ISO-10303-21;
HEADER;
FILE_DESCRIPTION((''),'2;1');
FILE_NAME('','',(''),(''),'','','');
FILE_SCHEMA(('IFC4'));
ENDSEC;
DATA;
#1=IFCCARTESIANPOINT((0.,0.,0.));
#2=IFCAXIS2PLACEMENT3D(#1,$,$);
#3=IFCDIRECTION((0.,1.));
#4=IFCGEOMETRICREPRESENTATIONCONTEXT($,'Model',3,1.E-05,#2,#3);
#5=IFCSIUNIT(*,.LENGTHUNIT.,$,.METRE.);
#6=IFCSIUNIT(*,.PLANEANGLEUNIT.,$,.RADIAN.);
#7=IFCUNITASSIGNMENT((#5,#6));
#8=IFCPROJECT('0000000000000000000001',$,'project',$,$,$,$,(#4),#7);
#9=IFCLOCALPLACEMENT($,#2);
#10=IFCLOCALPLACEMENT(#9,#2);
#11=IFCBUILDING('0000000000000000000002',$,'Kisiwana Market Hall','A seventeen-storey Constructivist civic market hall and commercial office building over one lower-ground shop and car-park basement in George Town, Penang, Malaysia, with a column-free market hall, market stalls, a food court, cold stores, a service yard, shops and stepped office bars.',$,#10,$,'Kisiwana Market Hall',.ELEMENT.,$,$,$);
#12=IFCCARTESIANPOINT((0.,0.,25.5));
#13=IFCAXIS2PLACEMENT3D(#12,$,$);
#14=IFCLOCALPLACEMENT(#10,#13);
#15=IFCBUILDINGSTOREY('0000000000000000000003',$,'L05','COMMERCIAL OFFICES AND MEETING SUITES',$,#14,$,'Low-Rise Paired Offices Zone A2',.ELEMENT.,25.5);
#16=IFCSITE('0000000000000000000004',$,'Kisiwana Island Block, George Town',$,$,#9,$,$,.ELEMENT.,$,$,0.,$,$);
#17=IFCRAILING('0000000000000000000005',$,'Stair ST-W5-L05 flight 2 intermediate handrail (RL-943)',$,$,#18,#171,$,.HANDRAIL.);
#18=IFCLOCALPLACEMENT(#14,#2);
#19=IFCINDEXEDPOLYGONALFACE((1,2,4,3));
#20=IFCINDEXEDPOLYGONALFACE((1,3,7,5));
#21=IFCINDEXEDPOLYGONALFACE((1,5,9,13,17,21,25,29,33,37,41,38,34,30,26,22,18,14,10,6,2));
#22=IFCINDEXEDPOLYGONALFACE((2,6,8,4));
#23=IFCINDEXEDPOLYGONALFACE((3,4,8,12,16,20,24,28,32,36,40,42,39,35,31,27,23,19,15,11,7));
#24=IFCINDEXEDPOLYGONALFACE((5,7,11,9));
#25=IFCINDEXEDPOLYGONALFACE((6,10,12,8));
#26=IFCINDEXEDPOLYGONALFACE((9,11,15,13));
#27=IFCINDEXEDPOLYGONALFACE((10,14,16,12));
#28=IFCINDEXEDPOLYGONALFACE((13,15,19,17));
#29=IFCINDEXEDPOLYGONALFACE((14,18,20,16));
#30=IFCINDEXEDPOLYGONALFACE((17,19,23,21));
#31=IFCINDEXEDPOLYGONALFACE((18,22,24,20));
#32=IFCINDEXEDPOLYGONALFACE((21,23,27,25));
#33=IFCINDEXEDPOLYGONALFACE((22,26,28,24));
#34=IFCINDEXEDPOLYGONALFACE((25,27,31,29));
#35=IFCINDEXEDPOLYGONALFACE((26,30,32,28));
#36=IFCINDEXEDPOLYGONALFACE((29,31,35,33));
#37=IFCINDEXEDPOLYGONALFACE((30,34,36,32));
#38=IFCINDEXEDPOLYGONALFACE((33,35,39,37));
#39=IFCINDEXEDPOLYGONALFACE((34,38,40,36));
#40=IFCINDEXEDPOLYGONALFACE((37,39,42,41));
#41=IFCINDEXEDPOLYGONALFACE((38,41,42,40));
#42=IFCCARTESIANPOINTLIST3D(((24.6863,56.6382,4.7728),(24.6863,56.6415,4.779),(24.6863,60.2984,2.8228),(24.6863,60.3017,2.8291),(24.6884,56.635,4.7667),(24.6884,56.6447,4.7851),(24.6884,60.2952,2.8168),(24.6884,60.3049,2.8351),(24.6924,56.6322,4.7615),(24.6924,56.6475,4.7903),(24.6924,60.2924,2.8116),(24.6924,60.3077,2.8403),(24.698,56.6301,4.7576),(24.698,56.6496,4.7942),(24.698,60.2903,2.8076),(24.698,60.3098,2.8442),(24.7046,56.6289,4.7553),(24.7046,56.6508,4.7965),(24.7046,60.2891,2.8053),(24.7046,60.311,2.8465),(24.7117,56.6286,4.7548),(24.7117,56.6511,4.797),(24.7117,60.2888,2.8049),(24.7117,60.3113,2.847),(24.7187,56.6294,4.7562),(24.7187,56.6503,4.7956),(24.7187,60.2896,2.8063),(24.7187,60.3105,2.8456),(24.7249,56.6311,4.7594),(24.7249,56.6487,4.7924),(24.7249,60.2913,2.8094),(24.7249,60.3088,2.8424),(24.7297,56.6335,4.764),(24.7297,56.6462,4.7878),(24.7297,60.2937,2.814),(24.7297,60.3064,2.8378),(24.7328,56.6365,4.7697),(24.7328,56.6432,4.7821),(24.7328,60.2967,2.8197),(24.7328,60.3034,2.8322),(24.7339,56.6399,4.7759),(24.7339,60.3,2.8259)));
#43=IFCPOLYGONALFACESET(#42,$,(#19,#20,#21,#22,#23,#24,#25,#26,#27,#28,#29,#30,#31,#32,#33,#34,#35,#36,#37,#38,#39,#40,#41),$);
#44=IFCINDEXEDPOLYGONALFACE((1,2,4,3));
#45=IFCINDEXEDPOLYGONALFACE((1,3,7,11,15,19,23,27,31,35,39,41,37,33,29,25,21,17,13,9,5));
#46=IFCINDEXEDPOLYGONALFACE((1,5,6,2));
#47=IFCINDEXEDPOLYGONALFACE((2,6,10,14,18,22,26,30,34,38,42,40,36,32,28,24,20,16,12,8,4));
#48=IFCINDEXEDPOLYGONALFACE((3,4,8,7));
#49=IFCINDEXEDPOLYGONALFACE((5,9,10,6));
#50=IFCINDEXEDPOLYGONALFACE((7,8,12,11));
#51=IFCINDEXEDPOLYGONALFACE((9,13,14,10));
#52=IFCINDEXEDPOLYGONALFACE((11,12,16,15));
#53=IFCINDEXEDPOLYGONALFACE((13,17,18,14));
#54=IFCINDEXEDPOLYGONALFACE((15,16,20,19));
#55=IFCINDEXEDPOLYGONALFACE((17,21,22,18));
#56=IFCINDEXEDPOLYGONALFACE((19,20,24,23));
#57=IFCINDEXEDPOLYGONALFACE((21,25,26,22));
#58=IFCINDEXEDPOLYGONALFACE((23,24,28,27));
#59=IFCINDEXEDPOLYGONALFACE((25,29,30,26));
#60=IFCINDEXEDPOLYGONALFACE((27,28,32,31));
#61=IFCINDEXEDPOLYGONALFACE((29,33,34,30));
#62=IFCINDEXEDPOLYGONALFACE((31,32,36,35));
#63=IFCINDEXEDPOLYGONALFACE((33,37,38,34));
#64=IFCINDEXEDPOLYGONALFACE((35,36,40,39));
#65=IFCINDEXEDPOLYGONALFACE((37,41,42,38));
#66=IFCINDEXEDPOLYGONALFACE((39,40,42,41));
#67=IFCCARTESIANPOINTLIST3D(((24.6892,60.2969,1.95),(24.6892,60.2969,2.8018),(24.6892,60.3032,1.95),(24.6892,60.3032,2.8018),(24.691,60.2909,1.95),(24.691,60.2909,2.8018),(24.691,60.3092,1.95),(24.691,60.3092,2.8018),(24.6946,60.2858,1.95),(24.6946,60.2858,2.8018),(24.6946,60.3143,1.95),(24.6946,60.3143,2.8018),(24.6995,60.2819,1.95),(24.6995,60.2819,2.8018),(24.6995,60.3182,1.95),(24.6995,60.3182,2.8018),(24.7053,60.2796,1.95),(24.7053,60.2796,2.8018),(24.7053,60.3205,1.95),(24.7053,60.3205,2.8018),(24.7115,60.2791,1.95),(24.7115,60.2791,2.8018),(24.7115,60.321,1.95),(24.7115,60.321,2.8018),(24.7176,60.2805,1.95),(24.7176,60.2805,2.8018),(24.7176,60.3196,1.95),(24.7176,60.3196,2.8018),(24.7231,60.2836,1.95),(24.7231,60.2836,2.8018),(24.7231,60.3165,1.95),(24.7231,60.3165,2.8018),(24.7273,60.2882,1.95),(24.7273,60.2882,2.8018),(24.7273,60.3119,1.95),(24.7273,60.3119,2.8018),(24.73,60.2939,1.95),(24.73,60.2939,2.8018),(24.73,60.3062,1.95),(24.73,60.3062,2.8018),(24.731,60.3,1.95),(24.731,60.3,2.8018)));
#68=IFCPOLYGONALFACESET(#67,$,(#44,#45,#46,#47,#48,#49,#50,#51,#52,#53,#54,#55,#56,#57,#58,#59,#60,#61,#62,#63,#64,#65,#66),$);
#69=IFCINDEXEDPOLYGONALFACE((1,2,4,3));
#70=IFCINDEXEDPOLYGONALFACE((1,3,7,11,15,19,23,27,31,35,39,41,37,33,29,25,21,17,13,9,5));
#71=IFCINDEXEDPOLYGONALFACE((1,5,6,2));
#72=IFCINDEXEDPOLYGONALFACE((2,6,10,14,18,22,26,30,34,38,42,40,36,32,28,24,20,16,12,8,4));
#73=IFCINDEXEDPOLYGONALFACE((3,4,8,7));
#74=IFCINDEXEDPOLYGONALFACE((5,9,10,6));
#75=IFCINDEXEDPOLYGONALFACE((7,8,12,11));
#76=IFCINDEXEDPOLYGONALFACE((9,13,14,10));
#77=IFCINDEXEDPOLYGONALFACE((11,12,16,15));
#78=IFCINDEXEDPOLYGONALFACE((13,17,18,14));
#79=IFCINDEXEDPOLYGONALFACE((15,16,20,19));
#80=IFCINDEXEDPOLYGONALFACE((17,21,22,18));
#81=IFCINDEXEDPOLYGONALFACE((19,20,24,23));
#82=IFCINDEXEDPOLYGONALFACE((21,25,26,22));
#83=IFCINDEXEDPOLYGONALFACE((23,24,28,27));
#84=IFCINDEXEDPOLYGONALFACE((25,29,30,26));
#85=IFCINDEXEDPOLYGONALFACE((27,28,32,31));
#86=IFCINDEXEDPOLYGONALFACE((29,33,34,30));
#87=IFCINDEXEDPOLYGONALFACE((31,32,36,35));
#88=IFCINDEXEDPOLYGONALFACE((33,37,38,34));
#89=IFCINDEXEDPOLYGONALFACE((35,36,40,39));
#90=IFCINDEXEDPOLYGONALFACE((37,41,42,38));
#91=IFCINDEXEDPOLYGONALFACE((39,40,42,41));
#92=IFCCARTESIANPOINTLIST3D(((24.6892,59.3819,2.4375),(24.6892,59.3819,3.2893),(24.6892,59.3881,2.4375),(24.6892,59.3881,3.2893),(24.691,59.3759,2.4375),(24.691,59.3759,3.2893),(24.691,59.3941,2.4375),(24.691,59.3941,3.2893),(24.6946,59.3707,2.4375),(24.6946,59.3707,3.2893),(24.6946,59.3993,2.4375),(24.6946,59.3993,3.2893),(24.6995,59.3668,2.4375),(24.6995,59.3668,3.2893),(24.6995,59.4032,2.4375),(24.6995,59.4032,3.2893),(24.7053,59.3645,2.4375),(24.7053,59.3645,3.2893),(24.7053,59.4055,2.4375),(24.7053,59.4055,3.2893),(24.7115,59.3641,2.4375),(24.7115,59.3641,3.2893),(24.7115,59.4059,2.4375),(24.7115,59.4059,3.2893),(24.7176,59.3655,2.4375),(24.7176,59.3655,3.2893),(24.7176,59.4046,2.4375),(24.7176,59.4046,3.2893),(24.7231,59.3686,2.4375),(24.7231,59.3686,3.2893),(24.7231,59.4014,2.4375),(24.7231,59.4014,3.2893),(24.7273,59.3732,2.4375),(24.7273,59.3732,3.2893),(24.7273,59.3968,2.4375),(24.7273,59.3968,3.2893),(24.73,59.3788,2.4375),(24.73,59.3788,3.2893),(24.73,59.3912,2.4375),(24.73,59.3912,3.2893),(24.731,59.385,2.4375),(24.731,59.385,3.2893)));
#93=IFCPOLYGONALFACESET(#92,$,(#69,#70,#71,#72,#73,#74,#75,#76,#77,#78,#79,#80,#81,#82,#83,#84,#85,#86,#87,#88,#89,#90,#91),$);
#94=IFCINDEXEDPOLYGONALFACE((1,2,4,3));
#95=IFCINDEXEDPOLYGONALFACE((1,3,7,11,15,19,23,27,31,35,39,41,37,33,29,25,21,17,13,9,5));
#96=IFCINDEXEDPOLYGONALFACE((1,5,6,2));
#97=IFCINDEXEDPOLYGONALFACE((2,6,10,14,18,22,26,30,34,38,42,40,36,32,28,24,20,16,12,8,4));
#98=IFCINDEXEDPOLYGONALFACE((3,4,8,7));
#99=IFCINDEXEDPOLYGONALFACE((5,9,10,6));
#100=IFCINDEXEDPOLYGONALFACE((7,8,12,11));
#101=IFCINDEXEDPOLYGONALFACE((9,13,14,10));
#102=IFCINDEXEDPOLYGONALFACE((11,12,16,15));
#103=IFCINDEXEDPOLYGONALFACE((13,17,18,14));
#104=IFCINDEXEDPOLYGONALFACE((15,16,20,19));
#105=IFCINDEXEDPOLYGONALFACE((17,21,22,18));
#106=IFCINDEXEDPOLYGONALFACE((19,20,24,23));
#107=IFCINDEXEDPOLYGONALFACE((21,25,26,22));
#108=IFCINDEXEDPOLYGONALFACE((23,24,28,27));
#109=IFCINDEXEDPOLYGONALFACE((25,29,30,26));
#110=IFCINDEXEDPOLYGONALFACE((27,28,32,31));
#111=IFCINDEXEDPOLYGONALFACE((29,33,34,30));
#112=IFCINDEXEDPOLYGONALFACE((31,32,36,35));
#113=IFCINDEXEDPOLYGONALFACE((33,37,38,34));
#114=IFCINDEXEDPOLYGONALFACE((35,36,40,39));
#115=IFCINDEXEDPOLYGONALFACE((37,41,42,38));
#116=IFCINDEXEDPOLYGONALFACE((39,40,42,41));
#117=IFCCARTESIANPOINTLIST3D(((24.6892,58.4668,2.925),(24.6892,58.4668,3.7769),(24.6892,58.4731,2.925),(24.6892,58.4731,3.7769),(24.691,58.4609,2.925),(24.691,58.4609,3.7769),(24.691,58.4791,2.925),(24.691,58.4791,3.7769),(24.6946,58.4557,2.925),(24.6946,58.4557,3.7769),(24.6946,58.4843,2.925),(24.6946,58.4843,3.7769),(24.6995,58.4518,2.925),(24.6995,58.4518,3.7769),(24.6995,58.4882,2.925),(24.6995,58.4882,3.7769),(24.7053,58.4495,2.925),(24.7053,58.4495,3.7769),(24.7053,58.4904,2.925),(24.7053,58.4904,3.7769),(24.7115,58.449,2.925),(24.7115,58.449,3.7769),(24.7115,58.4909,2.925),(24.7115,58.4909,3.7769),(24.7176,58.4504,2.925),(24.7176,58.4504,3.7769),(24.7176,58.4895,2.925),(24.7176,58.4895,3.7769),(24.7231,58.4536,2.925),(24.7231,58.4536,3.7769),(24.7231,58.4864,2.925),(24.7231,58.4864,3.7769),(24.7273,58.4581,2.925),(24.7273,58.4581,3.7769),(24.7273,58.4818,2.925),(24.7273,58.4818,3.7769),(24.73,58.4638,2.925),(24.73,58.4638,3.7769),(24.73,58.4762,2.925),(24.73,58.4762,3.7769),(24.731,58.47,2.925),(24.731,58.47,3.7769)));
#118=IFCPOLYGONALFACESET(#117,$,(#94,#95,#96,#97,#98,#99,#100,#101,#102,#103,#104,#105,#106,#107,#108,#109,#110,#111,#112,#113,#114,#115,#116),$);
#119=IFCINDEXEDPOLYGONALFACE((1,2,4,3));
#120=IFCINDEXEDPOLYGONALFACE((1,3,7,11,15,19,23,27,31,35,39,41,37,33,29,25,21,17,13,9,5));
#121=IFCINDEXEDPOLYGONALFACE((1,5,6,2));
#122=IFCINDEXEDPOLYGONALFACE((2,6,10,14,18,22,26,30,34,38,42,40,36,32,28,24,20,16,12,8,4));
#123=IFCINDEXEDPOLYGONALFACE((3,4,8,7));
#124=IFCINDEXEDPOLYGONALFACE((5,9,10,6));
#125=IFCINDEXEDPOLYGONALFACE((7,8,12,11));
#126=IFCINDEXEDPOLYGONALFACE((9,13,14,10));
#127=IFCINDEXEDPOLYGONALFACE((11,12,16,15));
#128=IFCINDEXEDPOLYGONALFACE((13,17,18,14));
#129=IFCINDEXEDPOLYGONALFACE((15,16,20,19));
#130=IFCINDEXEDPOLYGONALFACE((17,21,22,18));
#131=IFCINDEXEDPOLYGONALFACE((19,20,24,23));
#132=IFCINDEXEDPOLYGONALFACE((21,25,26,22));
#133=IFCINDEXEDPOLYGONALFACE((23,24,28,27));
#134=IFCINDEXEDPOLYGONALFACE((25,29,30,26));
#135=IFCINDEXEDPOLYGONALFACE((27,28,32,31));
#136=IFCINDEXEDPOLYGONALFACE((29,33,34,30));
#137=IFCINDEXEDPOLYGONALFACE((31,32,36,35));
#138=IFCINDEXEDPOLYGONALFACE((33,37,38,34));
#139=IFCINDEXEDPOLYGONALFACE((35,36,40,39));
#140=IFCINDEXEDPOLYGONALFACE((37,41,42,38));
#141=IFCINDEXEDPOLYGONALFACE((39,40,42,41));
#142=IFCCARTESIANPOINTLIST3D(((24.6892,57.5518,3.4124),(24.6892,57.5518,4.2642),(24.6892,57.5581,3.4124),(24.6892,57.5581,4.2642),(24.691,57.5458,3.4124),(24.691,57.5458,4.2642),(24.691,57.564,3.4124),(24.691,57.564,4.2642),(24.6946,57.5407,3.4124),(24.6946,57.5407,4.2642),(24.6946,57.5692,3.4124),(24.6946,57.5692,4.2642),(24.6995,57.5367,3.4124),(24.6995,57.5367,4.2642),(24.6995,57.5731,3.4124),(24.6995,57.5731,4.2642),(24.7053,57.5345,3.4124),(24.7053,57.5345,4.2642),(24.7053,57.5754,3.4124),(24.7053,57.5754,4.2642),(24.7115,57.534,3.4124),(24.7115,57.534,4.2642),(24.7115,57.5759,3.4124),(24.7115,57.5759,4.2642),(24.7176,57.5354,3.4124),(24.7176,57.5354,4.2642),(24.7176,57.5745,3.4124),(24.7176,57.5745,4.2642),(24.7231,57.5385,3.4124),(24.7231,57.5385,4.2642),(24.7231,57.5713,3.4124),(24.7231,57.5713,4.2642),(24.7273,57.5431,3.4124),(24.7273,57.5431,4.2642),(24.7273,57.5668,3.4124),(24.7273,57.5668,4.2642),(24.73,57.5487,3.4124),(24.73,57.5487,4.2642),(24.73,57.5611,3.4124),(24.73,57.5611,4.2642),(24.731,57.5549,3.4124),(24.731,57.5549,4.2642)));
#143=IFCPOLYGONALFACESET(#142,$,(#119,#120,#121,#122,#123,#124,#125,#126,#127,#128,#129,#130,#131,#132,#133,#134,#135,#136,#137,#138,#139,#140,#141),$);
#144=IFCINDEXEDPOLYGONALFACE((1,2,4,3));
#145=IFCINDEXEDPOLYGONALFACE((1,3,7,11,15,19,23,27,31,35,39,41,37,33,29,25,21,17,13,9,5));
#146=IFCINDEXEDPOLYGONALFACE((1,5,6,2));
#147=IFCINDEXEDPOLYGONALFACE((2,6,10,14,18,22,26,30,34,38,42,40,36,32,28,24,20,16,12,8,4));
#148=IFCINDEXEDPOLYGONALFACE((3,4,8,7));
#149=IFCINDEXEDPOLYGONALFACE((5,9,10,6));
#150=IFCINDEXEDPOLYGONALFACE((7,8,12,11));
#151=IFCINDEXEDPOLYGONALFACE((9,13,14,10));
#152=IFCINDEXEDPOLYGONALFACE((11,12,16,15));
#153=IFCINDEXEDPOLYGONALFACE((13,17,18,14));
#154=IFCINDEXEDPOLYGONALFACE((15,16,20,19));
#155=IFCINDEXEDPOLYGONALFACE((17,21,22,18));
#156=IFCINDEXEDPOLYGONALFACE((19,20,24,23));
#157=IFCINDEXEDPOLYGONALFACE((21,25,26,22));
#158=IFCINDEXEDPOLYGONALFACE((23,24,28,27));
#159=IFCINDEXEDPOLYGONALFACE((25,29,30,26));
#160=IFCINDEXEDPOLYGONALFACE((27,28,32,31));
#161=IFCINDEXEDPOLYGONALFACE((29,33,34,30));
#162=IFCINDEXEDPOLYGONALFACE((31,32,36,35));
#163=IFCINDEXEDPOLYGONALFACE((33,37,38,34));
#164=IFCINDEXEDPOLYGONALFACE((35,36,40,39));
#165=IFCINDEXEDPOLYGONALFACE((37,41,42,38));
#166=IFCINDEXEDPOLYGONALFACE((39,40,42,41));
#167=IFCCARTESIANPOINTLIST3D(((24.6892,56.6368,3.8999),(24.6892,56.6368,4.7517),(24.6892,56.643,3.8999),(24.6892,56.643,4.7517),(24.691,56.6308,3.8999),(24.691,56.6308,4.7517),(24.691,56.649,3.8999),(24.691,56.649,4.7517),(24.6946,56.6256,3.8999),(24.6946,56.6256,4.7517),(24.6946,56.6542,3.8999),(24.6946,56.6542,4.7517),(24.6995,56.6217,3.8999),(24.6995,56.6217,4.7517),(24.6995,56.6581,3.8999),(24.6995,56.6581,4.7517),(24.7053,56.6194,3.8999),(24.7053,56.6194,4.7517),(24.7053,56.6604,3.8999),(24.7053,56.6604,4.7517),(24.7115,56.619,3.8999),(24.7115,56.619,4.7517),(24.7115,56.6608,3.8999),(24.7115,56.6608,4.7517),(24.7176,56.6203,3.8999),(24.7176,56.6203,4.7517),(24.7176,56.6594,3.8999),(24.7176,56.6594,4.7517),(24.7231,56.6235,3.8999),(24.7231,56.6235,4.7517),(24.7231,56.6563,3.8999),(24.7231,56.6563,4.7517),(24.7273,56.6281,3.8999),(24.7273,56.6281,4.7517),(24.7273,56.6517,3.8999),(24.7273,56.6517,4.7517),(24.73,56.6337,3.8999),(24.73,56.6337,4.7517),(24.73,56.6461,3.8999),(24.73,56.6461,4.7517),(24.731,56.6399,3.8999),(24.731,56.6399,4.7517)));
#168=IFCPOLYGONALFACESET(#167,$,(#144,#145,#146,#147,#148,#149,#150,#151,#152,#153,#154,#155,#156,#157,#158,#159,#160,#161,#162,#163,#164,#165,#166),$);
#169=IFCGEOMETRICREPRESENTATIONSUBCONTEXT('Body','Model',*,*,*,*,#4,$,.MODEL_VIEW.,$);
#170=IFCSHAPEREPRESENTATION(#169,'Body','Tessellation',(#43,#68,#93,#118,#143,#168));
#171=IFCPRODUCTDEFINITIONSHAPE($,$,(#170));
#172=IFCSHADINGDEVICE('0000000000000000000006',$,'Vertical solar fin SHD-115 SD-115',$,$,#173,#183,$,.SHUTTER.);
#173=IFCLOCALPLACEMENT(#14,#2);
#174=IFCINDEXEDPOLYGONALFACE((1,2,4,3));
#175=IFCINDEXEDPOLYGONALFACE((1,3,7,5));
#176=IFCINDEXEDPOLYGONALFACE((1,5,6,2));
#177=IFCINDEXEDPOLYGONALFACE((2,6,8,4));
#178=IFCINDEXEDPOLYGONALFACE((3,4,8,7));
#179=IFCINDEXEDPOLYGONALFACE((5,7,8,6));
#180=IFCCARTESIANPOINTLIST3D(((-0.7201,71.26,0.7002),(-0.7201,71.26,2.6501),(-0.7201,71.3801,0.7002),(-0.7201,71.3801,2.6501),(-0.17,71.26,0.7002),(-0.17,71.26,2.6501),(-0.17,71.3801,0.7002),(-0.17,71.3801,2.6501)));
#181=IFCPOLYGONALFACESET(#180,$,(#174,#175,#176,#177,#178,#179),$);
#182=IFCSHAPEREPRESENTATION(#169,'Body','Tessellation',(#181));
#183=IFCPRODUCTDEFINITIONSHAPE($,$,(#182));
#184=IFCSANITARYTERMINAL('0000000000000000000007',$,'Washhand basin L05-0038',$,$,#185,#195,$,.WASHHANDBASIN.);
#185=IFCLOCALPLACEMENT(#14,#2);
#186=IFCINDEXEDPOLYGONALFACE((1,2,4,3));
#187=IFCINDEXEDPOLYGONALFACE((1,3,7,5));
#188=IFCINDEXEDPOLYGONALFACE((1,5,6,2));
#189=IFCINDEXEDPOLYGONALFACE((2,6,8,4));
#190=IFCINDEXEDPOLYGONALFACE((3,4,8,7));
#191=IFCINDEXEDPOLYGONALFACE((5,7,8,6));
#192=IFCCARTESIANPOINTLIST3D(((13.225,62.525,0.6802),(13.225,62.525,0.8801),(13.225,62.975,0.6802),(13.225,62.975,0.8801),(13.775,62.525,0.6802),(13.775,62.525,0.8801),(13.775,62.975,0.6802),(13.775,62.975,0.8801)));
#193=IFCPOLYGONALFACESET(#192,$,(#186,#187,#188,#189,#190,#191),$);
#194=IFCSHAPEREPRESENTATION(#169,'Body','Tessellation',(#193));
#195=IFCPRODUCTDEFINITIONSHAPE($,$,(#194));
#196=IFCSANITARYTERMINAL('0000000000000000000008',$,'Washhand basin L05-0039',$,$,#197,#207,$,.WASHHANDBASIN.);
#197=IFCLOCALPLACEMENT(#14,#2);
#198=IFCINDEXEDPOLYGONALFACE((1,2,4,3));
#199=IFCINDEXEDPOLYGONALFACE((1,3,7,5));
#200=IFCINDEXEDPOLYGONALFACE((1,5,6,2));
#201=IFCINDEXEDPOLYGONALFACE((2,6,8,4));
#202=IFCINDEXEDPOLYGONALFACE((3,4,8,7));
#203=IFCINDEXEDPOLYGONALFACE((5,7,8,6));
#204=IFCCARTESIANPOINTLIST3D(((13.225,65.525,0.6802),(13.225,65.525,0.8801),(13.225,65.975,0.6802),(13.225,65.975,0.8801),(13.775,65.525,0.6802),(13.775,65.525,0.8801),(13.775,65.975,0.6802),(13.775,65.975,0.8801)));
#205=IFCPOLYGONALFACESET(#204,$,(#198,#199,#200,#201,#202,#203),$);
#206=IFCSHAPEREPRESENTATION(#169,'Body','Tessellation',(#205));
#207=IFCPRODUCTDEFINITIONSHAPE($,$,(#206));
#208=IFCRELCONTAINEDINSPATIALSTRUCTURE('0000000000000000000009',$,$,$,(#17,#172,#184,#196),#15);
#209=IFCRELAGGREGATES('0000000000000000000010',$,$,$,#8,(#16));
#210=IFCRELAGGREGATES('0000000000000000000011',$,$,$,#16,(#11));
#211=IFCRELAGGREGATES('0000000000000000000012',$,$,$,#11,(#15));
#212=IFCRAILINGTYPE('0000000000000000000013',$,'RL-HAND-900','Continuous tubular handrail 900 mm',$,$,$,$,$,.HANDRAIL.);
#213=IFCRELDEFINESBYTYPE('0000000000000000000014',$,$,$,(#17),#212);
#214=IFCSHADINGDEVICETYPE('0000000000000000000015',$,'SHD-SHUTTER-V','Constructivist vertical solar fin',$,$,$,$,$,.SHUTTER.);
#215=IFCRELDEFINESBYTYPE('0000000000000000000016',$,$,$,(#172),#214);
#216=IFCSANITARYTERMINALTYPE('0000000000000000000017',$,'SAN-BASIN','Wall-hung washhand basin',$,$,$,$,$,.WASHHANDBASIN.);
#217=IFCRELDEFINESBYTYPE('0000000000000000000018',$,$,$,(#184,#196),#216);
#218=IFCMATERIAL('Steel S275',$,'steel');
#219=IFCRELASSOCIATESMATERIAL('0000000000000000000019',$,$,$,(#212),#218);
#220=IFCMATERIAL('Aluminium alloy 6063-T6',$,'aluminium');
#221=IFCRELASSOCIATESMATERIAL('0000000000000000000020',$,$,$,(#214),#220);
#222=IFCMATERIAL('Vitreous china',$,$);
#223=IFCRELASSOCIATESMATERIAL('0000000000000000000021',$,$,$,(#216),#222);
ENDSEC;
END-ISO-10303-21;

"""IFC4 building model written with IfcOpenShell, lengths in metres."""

from ifc_helpers import new_model, si_unit, direction, frame, origin, origin_2d, place, context, subcontext, project, spatial, rectangle, circle, extrude, material, type_object, element, save


model = new_model("IFC4")

# Units and contexts
model_context = context("Model", 3, precision=1e-05, world=origin(), true_north=direction((0.0, 1.0)))
body_context = subcontext(model_context, "Body", "Model", "MODEL_VIEW")
ifc_project = project(units=[si_unit("LENGTHUNIT", "METRE"), si_unit("PLANEANGLEUNIT", "RADIAN")], contexts=[model_context])

# Site, building, storey
site_placement = place(None, origin())
site = spatial("IfcSite", under=ifc_project, at=site_placement, Name="Kisiwana Island Block, George Town", CompositionType="ELEMENT", RefElevation=0.0)
building_placement = place(site_placement, origin())
building = spatial("IfcBuilding", under=site, at=building_placement, Name="Kisiwana Market Hall", Description="A seventeen-storey Constructivist civic market hall and commercial office building over one lower-ground shop and car-park basement in George Town, Penang, Malaysia, with a column-free market hall, market stalls, a food court, cold stores, a service yard, shops and stepped office bars.", LongName="Kisiwana Market Hall", CompositionType="ELEMENT")
storey_placement = place(building_placement, frame((0.0, 0.0, 25.5)))
storey = spatial("IfcBuildingStorey", under=building, at=storey_placement, Name="L05", Description="COMMERCIAL OFFICES AND MEETING SUITES", LongName="Low-Rise Paired Offices Zone A2", CompositionType="ELEMENT", Elevation=25.5)

# Railing
ifc_material_1 = material(Name="Steel S275", Category="steel")
railing_type_1 = type_object("IfcRailingType", Name="RL-HAND-900", Description="Continuous tubular handrail 900 mm", PredefinedType="HANDRAIL", material=ifc_material_1)
for number, where, name in (
    (1, (24.71, 60.3, 1.95), "Stair ST-W5-L05 flight 2 intermediate handrail (RL-943)"),
):
    element("IfcRailing", number, at=place(storey_placement, frame(where)), inside=storey, type_object=railing_type_1, Name=name, PredefinedType="HANDRAIL", context=body_context, shape_type="SweptSolid", body=[
        extrude(circle(Radius=0.0239, at=origin_2d()), frame((0.0, 0.0, 0.876), z_axis=(0.0, -0.882566, 0.470188), x_axis=(1.0, 0.0, 0.0)), (0.0, 0.0, 1.0), 4.1472),
        extrude(circle(Radius=0.021, at=origin_2d()), origin(), (0.0, 0.0, 1.0), 0.8518),
        extrude(circle(Radius=0.021, at=origin_2d()), frame((0.0, -0.915, 0.4875)), (0.0, 0.0, 1.0), 0.8518),
        extrude(circle(Radius=0.021, at=origin_2d()), frame((0.0, -1.8301, 0.9751)), (0.0, 0.0, 1.0), 0.8518),
        extrude(circle(Radius=0.021, at=origin_2d()), frame((0.0, -2.7451, 1.4624)), (0.0, 0.0, 1.0), 0.8518),
        extrude(circle(Radius=0.021, at=origin_2d()), frame((0.0, -3.6602, 1.95)), (0.0, 0.0, 1.0), 0.8518),
    ])

# Shading device
ifc_material_2 = material(Name="Aluminium alloy 6063-T6", Category="aluminium")
shading_device_type = type_object("IfcShadingDeviceType", Name="SHD-SHUTTER-V", Description="Constructivist vertical solar fin", PredefinedType="SHUTTER", material=ifc_material_2)
shading_device_placement = place(storey_placement, frame((-0.4451, 71.3201, 0.7002), z_axis=(0.0, 0.0, 1.0), x_axis=(0.0, 1.0, 0.0)))
element("IfcShadingDevice", 2, at=shading_device_placement, inside=storey, type_object=shading_device_type, Name="Vertical solar fin SHD-115 SD-115", PredefinedType="SHUTTER", context=body_context, shape_type="SweptSolid", body=[
    extrude(rectangle(XDim=0.1201, YDim=0.55, at=origin_2d()), origin(), (0.0, 0.0, 1.0), 1.95),
])

# Sanitary terminals
ifc_material_3 = material(Name="Vitreous china")
sanitary_terminal_type_1 = type_object("IfcSanitaryTerminalType", Name="SAN-BASIN", Description="Wall-hung washhand basin", PredefinedType="WASHHANDBASIN", material=ifc_material_3)
for number, where, z_axis, x_axis, name in (
    (3, (13.5, 62.75, 0.6802), (0.0, 0.0, 1.0), (1.0, 0.0, 0.0), "Washhand basin L05-0038"),
    (4, (13.5, 65.75, 0.6802), (0.0, 0.0, 1.0), (1.0, 0.0, 0.0), "Washhand basin L05-0039"),
):
    element("IfcSanitaryTerminal", number, at=place(storey_placement, frame(where, z_axis=z_axis, x_axis=x_axis)), inside=storey, type_object=sanitary_terminal_type_1, Name=name, PredefinedType="WASHHANDBASIN", context=body_context, shape_type="SweptSolid", body=[
        extrude(rectangle(XDim=0.55, YDim=0.45, at=origin_2d()), origin(), (0.0, 0.0, 1.0), 0.2),
    ])

save(model, "model.ifc")
